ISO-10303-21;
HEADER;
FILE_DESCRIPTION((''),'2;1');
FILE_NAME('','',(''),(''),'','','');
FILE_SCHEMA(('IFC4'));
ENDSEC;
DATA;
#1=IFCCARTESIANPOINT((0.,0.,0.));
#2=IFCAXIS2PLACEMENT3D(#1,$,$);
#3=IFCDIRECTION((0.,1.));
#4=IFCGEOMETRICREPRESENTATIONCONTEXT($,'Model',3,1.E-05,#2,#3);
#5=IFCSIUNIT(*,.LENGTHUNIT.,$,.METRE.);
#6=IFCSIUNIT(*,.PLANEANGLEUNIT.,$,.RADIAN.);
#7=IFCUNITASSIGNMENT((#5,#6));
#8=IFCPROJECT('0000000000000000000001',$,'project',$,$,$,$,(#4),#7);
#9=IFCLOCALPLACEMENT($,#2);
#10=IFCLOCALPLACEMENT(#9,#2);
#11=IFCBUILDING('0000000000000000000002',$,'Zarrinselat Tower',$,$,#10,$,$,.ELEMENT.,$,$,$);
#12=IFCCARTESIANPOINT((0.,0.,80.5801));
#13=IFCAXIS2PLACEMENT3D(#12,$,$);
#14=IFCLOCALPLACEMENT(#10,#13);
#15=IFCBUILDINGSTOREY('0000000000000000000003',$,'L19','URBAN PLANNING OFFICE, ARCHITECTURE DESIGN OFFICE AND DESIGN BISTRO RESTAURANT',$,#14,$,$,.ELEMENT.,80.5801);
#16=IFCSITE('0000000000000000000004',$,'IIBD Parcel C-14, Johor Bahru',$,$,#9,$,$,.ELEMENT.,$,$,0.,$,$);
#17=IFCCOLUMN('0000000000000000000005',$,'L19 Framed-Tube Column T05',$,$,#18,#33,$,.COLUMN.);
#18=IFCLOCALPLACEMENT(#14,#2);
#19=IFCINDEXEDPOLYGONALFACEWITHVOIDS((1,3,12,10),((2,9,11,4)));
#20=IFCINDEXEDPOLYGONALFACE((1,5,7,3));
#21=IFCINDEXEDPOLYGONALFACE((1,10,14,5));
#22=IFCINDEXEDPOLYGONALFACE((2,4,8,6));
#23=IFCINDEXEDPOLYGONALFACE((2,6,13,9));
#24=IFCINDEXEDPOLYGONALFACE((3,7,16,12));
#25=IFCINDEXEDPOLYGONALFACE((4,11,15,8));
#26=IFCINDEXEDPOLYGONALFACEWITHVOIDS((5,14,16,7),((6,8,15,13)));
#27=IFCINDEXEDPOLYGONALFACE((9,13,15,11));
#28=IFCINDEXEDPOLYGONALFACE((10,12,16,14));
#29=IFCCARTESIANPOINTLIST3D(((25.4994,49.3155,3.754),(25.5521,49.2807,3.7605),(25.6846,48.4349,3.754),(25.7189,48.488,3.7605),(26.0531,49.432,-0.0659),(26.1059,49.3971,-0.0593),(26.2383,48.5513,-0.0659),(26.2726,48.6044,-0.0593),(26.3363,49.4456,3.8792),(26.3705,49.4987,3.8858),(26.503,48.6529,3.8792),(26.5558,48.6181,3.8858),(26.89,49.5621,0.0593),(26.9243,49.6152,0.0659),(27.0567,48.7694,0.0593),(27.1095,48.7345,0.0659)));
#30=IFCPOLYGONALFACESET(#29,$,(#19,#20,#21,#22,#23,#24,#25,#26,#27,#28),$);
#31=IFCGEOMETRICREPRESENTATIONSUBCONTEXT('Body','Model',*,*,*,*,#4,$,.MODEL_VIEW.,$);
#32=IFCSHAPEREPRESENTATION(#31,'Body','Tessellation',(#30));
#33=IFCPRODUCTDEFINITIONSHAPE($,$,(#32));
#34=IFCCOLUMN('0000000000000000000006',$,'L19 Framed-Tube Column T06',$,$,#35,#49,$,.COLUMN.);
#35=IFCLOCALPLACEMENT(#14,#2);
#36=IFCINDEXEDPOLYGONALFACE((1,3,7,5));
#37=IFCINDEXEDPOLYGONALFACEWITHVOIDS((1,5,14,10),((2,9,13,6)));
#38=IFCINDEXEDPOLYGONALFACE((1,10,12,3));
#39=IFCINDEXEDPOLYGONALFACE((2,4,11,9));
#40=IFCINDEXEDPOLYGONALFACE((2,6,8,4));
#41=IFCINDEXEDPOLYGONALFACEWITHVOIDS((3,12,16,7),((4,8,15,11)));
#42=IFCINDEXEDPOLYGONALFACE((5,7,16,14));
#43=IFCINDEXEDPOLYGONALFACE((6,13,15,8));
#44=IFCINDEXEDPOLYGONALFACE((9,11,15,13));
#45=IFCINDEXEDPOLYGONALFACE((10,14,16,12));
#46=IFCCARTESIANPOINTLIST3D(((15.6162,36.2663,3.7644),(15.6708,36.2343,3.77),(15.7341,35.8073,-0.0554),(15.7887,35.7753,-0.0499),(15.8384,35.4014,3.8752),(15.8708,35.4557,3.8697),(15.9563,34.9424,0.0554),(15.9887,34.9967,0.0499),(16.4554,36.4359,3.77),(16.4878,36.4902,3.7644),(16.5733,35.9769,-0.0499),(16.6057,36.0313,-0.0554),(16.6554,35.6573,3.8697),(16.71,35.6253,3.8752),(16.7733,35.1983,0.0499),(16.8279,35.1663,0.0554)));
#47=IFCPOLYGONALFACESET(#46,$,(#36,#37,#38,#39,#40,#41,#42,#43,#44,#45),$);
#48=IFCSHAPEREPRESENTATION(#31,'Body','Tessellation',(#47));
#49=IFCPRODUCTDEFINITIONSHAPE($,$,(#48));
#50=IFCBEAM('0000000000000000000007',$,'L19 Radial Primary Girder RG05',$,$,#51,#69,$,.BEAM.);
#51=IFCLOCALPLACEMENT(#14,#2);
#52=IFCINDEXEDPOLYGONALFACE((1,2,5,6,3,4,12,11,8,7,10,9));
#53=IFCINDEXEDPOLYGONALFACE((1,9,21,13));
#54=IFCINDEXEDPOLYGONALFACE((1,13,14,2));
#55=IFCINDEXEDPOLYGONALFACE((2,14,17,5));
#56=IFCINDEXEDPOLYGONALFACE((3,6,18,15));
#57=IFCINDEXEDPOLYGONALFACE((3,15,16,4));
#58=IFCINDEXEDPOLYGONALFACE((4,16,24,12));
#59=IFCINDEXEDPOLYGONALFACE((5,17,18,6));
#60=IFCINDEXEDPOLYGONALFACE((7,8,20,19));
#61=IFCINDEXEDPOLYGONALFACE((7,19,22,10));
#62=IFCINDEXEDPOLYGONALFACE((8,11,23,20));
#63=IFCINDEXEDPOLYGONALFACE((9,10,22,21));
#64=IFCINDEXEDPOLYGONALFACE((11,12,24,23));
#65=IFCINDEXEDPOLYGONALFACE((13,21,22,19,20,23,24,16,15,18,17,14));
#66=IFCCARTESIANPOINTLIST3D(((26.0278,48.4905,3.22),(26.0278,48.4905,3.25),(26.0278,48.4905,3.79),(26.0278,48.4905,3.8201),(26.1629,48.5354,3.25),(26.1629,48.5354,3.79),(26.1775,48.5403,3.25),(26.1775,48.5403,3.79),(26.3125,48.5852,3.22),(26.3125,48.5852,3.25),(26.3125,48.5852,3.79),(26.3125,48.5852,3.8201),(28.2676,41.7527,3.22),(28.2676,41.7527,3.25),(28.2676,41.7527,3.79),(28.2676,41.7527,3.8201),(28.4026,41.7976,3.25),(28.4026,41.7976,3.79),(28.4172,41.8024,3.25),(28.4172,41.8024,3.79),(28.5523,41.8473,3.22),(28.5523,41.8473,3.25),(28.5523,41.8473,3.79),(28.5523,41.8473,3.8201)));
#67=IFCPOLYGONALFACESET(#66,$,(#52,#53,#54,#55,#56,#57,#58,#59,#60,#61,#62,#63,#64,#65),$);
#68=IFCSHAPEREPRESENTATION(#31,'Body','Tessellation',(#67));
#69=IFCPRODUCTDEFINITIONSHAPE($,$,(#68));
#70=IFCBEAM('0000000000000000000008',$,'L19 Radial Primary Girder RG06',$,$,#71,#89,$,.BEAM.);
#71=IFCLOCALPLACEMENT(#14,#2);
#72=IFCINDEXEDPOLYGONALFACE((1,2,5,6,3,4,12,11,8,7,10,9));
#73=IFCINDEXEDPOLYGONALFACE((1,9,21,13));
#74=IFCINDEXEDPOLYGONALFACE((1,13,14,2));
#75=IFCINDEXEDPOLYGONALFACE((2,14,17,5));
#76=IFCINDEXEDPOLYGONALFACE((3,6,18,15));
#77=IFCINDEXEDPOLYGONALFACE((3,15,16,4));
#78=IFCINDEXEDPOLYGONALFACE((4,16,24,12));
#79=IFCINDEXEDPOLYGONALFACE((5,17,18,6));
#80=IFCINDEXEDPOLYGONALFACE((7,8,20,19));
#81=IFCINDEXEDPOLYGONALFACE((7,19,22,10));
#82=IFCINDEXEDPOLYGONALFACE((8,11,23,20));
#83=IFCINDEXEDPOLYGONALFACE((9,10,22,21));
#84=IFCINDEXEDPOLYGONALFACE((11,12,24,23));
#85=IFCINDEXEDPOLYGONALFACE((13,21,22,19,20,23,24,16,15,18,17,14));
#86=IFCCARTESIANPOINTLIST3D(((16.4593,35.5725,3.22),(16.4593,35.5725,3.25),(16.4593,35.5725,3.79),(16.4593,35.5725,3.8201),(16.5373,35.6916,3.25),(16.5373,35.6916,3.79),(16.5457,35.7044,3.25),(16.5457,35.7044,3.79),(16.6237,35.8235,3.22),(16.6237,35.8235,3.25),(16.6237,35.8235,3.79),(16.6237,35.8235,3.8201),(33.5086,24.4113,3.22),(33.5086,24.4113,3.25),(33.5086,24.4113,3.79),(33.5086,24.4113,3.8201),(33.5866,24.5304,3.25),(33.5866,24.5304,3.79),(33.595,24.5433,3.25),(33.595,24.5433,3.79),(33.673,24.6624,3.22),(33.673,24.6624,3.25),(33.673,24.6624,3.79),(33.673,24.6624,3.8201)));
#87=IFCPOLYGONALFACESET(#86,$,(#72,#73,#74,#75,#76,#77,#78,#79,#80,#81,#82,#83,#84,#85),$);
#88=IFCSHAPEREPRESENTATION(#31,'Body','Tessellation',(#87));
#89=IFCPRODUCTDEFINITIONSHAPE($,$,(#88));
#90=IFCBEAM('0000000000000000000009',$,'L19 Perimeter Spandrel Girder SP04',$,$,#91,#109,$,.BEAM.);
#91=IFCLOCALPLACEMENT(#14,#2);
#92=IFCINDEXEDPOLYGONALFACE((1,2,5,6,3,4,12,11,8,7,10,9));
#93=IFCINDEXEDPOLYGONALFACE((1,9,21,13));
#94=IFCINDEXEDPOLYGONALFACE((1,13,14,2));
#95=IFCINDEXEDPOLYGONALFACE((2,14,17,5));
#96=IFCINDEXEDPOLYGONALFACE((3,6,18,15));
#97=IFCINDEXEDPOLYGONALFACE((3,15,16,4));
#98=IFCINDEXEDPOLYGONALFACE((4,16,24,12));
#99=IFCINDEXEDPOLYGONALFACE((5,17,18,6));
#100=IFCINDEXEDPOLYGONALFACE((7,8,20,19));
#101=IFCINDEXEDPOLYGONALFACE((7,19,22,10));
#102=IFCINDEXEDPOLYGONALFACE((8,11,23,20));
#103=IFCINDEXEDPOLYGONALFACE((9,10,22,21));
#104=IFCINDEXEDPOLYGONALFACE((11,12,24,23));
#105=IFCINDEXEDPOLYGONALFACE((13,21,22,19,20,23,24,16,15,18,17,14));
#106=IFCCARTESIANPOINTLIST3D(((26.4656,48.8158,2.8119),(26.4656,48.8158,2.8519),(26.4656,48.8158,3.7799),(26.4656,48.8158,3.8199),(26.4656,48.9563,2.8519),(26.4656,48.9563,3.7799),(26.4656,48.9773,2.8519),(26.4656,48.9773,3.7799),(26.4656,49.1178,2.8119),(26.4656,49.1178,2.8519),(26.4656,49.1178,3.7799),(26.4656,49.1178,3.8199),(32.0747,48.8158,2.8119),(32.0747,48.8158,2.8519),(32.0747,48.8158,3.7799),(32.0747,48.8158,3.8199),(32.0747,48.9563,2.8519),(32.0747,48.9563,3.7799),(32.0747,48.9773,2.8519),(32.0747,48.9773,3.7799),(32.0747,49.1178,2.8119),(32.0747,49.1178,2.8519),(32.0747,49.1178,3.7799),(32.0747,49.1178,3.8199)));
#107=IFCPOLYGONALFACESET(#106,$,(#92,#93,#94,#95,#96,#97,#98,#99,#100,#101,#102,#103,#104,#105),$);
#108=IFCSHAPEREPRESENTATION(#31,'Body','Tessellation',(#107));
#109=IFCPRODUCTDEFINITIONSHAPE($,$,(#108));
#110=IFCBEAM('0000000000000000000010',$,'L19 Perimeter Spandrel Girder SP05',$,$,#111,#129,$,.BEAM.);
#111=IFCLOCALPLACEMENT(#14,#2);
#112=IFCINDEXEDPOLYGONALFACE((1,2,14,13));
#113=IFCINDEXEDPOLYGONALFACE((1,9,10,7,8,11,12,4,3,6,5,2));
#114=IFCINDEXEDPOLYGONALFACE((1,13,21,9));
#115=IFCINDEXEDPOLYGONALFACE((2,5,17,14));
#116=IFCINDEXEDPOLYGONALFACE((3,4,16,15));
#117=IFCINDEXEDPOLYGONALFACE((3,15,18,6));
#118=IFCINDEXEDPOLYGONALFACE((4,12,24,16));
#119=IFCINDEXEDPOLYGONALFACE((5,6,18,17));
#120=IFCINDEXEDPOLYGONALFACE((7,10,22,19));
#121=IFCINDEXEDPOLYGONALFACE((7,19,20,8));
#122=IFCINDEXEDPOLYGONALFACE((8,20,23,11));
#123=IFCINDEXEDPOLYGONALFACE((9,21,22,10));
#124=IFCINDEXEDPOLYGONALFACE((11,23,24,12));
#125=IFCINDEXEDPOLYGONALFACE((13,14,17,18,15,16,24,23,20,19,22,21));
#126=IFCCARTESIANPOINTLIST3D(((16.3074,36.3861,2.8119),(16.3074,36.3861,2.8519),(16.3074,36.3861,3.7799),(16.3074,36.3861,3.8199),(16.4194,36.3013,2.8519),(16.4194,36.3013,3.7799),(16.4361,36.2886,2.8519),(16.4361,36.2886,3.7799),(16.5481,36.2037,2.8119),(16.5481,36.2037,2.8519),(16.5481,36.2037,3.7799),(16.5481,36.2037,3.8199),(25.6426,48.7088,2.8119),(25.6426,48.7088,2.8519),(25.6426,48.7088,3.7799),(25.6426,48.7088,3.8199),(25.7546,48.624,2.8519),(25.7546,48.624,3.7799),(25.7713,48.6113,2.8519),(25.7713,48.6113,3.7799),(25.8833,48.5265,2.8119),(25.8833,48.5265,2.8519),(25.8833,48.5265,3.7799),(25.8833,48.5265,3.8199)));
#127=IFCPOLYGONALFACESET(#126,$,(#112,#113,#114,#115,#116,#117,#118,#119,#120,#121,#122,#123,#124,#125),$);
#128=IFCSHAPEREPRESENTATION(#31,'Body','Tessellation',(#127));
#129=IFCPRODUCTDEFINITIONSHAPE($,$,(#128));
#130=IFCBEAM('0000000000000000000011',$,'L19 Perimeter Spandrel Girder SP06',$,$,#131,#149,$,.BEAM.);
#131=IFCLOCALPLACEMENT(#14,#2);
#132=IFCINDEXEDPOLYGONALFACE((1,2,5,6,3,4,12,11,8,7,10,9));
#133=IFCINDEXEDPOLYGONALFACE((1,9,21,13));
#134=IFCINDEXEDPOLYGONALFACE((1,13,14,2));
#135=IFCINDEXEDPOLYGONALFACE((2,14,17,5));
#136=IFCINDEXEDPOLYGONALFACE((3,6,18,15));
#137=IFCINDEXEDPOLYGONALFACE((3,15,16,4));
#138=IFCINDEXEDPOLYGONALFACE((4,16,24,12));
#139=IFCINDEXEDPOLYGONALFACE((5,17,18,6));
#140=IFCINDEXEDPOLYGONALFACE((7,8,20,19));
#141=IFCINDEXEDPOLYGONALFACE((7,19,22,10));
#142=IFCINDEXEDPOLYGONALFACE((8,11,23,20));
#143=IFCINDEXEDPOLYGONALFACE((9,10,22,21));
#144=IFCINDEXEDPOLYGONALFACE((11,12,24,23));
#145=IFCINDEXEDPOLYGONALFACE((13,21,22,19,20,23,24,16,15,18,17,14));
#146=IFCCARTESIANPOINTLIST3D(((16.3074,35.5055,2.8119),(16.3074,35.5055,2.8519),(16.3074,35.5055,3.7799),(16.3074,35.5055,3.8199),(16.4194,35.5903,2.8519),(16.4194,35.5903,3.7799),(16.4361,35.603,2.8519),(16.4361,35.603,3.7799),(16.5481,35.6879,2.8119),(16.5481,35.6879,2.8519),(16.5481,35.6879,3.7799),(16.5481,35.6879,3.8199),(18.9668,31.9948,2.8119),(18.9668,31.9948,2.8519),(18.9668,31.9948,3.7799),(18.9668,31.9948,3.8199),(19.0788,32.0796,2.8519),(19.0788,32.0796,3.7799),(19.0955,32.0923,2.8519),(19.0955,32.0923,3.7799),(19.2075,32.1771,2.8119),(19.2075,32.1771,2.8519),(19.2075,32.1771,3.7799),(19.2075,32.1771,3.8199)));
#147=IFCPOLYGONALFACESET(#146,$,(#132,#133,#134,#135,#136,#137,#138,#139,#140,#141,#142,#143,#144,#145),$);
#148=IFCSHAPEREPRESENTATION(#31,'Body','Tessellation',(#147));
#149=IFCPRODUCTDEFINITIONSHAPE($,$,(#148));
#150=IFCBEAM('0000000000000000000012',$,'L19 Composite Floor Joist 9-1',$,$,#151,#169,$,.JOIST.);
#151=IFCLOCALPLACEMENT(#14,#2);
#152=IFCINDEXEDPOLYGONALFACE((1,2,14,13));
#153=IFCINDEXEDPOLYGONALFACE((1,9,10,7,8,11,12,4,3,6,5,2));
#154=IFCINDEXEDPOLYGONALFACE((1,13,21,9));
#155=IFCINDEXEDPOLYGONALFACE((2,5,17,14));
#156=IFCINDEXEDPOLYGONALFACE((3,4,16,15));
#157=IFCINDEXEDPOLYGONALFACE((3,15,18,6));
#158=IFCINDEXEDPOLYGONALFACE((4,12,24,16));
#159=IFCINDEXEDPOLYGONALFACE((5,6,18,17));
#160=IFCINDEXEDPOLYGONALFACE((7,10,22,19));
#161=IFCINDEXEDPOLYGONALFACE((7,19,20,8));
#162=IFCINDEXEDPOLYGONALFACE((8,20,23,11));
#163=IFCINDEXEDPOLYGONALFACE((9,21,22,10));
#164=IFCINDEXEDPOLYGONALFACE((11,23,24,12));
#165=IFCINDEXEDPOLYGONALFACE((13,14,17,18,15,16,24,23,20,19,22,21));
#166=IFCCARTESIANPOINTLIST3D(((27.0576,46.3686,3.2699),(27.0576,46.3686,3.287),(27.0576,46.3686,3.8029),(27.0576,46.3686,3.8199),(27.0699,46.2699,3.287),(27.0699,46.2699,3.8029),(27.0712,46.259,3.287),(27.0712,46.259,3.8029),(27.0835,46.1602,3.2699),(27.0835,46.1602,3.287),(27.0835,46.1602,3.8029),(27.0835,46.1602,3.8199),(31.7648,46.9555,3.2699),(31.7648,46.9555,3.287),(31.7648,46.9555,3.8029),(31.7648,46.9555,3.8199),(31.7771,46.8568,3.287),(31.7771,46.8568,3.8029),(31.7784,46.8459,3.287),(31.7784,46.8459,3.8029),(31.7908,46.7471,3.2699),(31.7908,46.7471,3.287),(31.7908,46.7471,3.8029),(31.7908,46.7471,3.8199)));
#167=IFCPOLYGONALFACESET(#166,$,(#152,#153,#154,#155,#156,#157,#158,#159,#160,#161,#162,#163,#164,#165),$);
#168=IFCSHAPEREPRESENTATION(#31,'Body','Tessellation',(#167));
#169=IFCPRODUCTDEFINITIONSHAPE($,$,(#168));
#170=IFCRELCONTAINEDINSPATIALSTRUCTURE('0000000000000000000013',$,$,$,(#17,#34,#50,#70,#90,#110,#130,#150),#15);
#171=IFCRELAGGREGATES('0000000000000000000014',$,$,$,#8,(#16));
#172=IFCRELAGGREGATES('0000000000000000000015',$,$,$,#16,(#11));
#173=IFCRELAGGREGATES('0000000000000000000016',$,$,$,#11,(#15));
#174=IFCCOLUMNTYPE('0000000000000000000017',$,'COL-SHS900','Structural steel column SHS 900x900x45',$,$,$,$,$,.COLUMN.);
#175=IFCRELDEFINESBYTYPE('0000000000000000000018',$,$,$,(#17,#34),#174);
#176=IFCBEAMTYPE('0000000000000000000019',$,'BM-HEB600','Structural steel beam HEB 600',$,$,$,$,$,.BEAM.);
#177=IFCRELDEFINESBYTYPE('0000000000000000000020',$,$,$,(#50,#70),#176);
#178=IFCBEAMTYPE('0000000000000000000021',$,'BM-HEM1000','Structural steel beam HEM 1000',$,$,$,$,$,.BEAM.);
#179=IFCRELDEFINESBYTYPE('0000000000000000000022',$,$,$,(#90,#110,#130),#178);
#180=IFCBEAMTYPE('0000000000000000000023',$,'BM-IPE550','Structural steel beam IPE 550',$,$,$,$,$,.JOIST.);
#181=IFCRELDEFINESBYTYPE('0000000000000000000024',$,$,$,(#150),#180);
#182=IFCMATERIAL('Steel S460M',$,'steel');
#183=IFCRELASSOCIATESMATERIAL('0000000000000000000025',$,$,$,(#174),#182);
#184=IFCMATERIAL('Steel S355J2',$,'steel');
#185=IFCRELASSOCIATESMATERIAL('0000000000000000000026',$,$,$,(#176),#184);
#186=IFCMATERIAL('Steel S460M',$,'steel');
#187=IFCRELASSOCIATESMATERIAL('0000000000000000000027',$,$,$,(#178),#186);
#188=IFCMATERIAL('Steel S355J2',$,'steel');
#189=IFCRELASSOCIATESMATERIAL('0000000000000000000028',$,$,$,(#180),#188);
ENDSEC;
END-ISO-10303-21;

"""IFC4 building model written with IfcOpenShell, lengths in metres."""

from ifc_helpers import new_model, si_unit, direction, frame, origin, origin_2d, place, context, subcontext, project, spatial, hollow_rectangle, i_section, extrude, material, material_profile, profile_set, type_object, element, save


model = new_model("IFC4")

# Units and contexts
model_context = context("Model", 3, precision=1e-05, world=origin(), true_north=direction((0.0, 1.0)))
body_context = subcontext(model_context, "Body", "Model", "MODEL_VIEW")
ifc_project = project(units=[si_unit("LENGTHUNIT", "METRE"), si_unit("PLANEANGLEUNIT", "RADIAN")], contexts=[model_context])

# Site, building, storey
site_placement = place(None, origin())
site = spatial("IfcSite", under=ifc_project, at=site_placement, Name="IIBD Parcel C-14, Johor Bahru", CompositionType="ELEMENT", RefElevation=0.0)
building_placement = place(site_placement, origin())
building = spatial("IfcBuilding", under=site, at=building_placement, Name="Zarrinselat Tower", CompositionType="ELEMENT")
storey_placement = place(building_placement, frame((0.0, 0.0, 80.5801)))
storey = spatial("IfcBuildingStorey", under=building, at=storey_placement, Name="L19", Description="URBAN PLANNING OFFICE, ARCHITECTURE DESIGN OFFICE AND DESIGN BISTRO RESTAURANT", CompositionType="ELEMENT", Elevation=80.5801)

# Columns
ifc_material_1 = material(Name="Steel S460M", Category="steel")
ifc_material_profile_1 = material_profile(ifc_material_1, hollow_rectangle(XDim=0.8999, YDim=0.8999, WallThickness=0.0449, at=origin_2d()), Name="SHS 900x900x45")
ifc_profile_set_1 = profile_set([ifc_material_profile_1], Name="Steel S460M")
column_type = type_object("IfcColumnType", Name="COL-SHS900", Description="Structural steel column SHS 900x900x45", PredefinedType="COLUMN", material=ifc_profile_set_1)
column_1_placement = place(storey_placement, frame((26.5813, 49.0833, 0.0), z_axis=(-0.143393, -0.030158, 0.989206), x_axis=(0.205815, -0.978591, 0.0)))
element("IfcColumn", 1, at=column_1_placement, inside=storey, type_object=column_type, Name="L19 Framed-Tube Column T05", PredefinedType="COLUMN", context=body_context, shape_type="SweptSolid", body=[
    extrude(hollow_rectangle(XDim=0.8999, YDim=0.8999, WallThickness=0.0449, at=origin_2d()), origin(), (0.0, 0.0, 1.0), 3.8616),
])
column_2_placement = place(storey_placement, frame((16.281, 35.4868, 0.0), z_axis=(-0.030636, 0.119244, 0.992392), x_axis=(-0.968546, -0.248834, 0.0)))
element("IfcColumn", 2, at=column_2_placement, inside=storey, type_object=column_type, Name="L19 Framed-Tube Column T06", PredefinedType="COLUMN", context=body_context, shape_type="SweptSolid", body=[
    extrude(hollow_rectangle(XDim=0.8999, YDim=0.8999, WallThickness=0.0449, at=origin_2d()), origin(), (0.0, 0.0, 1.0), 3.8491),
])

# Beams
ifc_material_2 = material(Name="Steel S355J2", Category="steel")
ifc_material_profile_2 = material_profile(ifc_material_2, i_section(OverallWidth=0.3, OverallDepth=0.6001, WebThickness=0.0154, FlangeThickness=0.03, at=origin_2d()), Name="HEB 600")
ifc_profile_set_2 = profile_set([ifc_material_profile_2], Name="Steel S355J2")
beam_type_1 = type_object("IfcBeamType", Name="BM-HEB600", Description="Structural steel beam HEB 600", PredefinedType="BEAM", material=ifc_profile_set_2)
beam_1_placement = place(storey_placement, frame((26.1702, 48.5378, 3.52), z_axis=(0.315444, -0.948944, 0.0), x_axis=(0.948944, 0.315444, 0.0)))
element("IfcBeam", 3, at=beam_1_placement, inside=storey, type_object=beam_type_1, Name="L19 Radial Primary Girder RG05", PredefinedType="BEAM", context=body_context, shape_type="SweptSolid", body=[
    extrude(i_section(OverallWidth=0.3, OverallDepth=0.6001, WebThickness=0.0154, FlangeThickness=0.03, at=origin_2d()), origin(), (0.0, 0.0, 1.0), 7.1003),
])
beam_2_placement = place(storey_placement, frame((16.5415, 35.698, 3.52), z_axis=(0.836666, -0.547713, 0.0), x_axis=(0.547713, 0.836666, 0.0)))
element("IfcBeam", 4, at=beam_2_placement, inside=storey, type_object=beam_type_1, Name="L19 Radial Primary Girder RG06", PredefinedType="BEAM", context=body_context, shape_type="SweptSolid", body=[
    extrude(i_section(OverallWidth=0.3, OverallDepth=0.6001, WebThickness=0.0154, FlangeThickness=0.03, at=origin_2d()), origin(), (0.0, 0.0, 1.0), 20.3777),
])
ifc_material_3 = material(Name="Steel S460M", Category="steel")
ifc_material_profile_3 = material_profile(ifc_material_3, i_section(OverallWidth=0.302, OverallDepth=1.0081, WebThickness=0.021, FlangeThickness=0.04, at=origin_2d()), Name="HEM 1000")
ifc_profile_set_3 = profile_set([ifc_material_profile_3], Name="Steel S460M")
beam_type_2 = type_object("IfcBeamType", Name="BM-HEM1000", Description="Structural steel beam HEM 1000", PredefinedType="BEAM", material=ifc_profile_set_3)
beam_3_placement = place(storey_placement, frame((26.4656, 48.9668, 3.3159), z_axis=(1.0, 0.0, 0.0), x_axis=(0.0, 1.0, 0.0)))
element("IfcBeam", 5, at=beam_3_placement, inside=storey, type_object=beam_type_2, Name="L19 Perimeter Spandrel Girder SP04", PredefinedType="BEAM", context=body_context, shape_type="SweptSolid", body=[
    extrude(i_section(OverallWidth=0.302, OverallDepth=1.0081, WebThickness=0.021, FlangeThickness=0.04, at=origin_2d()), origin(), (0.0, 0.0, 1.0), 5.6091),
])
beam_4_placement = place(storey_placement, frame((16.4277, 36.2949, 3.3159), z_axis=(0.603849, 0.797099, 0.0), x_axis=(-0.797099, 0.603849, 0.0)))
element("IfcBeam", 6, at=beam_4_placement, inside=storey, type_object=beam_type_2, Name="L19 Perimeter Spandrel Girder SP05", PredefinedType="BEAM", context=body_context, shape_type="SweptSolid", body=[
    extrude(i_section(OverallWidth=0.302, OverallDepth=1.0081, WebThickness=0.021, FlangeThickness=0.04, at=origin_2d()), origin(), (0.0, 0.0, 1.0), 15.4595),
])
beam_5_placement = place(storey_placement, frame((16.4277, 35.5967, 3.3159), z_axis=(0.603825, -0.797117, 0.0), x_axis=(0.797117, 0.603825, 0.0)))
element("IfcBeam", 7, at=beam_5_placement, inside=storey, type_object=beam_type_2, Name="L19 Perimeter Spandrel Girder SP06", PredefinedType="BEAM", context=body_context, shape_type="SweptSolid", body=[
    extrude(i_section(OverallWidth=0.302, OverallDepth=1.0081, WebThickness=0.021, FlangeThickness=0.04, at=origin_2d()), origin(), (0.0, 0.0, 1.0), 4.4043),
])
ifc_material_4 = material(Name="Steel S355J2", Category="steel")
ifc_material_profile_4 = material_profile(ifc_material_4, i_section(OverallWidth=0.21, OverallDepth=0.55, WebThickness=0.011, FlangeThickness=0.0171, at=origin_2d()), Name="IPE 550")
ifc_profile_set_4 = profile_set([ifc_material_profile_4], Name="Steel S355J2")
beam_type_3 = type_object("IfcBeamType", Name="BM-IPE550", Description="Structural steel beam IPE 550", PredefinedType="JOIST", material=ifc_profile_set_4)
beam_6_placement = place(storey_placement, frame((27.0706, 46.2644, 3.5449), z_axis=(0.992317, 0.123724, 0.0), x_axis=(-0.123724, 0.992317, 0.0)))
element("IfcBeam", 8, at=beam_6_placement, inside=storey, type_object=beam_type_3, Name="L19 Composite Floor Joist 9-1", PredefinedType="JOIST", context=body_context, shape_type="SweptSolid", body=[
    extrude(i_section(OverallWidth=0.21, OverallDepth=0.55, WebThickness=0.011, FlangeThickness=0.0171, at=origin_2d()), origin(), (0.0, 0.0, 1.0), 4.7437),
])

save(model, "model.ifc")
